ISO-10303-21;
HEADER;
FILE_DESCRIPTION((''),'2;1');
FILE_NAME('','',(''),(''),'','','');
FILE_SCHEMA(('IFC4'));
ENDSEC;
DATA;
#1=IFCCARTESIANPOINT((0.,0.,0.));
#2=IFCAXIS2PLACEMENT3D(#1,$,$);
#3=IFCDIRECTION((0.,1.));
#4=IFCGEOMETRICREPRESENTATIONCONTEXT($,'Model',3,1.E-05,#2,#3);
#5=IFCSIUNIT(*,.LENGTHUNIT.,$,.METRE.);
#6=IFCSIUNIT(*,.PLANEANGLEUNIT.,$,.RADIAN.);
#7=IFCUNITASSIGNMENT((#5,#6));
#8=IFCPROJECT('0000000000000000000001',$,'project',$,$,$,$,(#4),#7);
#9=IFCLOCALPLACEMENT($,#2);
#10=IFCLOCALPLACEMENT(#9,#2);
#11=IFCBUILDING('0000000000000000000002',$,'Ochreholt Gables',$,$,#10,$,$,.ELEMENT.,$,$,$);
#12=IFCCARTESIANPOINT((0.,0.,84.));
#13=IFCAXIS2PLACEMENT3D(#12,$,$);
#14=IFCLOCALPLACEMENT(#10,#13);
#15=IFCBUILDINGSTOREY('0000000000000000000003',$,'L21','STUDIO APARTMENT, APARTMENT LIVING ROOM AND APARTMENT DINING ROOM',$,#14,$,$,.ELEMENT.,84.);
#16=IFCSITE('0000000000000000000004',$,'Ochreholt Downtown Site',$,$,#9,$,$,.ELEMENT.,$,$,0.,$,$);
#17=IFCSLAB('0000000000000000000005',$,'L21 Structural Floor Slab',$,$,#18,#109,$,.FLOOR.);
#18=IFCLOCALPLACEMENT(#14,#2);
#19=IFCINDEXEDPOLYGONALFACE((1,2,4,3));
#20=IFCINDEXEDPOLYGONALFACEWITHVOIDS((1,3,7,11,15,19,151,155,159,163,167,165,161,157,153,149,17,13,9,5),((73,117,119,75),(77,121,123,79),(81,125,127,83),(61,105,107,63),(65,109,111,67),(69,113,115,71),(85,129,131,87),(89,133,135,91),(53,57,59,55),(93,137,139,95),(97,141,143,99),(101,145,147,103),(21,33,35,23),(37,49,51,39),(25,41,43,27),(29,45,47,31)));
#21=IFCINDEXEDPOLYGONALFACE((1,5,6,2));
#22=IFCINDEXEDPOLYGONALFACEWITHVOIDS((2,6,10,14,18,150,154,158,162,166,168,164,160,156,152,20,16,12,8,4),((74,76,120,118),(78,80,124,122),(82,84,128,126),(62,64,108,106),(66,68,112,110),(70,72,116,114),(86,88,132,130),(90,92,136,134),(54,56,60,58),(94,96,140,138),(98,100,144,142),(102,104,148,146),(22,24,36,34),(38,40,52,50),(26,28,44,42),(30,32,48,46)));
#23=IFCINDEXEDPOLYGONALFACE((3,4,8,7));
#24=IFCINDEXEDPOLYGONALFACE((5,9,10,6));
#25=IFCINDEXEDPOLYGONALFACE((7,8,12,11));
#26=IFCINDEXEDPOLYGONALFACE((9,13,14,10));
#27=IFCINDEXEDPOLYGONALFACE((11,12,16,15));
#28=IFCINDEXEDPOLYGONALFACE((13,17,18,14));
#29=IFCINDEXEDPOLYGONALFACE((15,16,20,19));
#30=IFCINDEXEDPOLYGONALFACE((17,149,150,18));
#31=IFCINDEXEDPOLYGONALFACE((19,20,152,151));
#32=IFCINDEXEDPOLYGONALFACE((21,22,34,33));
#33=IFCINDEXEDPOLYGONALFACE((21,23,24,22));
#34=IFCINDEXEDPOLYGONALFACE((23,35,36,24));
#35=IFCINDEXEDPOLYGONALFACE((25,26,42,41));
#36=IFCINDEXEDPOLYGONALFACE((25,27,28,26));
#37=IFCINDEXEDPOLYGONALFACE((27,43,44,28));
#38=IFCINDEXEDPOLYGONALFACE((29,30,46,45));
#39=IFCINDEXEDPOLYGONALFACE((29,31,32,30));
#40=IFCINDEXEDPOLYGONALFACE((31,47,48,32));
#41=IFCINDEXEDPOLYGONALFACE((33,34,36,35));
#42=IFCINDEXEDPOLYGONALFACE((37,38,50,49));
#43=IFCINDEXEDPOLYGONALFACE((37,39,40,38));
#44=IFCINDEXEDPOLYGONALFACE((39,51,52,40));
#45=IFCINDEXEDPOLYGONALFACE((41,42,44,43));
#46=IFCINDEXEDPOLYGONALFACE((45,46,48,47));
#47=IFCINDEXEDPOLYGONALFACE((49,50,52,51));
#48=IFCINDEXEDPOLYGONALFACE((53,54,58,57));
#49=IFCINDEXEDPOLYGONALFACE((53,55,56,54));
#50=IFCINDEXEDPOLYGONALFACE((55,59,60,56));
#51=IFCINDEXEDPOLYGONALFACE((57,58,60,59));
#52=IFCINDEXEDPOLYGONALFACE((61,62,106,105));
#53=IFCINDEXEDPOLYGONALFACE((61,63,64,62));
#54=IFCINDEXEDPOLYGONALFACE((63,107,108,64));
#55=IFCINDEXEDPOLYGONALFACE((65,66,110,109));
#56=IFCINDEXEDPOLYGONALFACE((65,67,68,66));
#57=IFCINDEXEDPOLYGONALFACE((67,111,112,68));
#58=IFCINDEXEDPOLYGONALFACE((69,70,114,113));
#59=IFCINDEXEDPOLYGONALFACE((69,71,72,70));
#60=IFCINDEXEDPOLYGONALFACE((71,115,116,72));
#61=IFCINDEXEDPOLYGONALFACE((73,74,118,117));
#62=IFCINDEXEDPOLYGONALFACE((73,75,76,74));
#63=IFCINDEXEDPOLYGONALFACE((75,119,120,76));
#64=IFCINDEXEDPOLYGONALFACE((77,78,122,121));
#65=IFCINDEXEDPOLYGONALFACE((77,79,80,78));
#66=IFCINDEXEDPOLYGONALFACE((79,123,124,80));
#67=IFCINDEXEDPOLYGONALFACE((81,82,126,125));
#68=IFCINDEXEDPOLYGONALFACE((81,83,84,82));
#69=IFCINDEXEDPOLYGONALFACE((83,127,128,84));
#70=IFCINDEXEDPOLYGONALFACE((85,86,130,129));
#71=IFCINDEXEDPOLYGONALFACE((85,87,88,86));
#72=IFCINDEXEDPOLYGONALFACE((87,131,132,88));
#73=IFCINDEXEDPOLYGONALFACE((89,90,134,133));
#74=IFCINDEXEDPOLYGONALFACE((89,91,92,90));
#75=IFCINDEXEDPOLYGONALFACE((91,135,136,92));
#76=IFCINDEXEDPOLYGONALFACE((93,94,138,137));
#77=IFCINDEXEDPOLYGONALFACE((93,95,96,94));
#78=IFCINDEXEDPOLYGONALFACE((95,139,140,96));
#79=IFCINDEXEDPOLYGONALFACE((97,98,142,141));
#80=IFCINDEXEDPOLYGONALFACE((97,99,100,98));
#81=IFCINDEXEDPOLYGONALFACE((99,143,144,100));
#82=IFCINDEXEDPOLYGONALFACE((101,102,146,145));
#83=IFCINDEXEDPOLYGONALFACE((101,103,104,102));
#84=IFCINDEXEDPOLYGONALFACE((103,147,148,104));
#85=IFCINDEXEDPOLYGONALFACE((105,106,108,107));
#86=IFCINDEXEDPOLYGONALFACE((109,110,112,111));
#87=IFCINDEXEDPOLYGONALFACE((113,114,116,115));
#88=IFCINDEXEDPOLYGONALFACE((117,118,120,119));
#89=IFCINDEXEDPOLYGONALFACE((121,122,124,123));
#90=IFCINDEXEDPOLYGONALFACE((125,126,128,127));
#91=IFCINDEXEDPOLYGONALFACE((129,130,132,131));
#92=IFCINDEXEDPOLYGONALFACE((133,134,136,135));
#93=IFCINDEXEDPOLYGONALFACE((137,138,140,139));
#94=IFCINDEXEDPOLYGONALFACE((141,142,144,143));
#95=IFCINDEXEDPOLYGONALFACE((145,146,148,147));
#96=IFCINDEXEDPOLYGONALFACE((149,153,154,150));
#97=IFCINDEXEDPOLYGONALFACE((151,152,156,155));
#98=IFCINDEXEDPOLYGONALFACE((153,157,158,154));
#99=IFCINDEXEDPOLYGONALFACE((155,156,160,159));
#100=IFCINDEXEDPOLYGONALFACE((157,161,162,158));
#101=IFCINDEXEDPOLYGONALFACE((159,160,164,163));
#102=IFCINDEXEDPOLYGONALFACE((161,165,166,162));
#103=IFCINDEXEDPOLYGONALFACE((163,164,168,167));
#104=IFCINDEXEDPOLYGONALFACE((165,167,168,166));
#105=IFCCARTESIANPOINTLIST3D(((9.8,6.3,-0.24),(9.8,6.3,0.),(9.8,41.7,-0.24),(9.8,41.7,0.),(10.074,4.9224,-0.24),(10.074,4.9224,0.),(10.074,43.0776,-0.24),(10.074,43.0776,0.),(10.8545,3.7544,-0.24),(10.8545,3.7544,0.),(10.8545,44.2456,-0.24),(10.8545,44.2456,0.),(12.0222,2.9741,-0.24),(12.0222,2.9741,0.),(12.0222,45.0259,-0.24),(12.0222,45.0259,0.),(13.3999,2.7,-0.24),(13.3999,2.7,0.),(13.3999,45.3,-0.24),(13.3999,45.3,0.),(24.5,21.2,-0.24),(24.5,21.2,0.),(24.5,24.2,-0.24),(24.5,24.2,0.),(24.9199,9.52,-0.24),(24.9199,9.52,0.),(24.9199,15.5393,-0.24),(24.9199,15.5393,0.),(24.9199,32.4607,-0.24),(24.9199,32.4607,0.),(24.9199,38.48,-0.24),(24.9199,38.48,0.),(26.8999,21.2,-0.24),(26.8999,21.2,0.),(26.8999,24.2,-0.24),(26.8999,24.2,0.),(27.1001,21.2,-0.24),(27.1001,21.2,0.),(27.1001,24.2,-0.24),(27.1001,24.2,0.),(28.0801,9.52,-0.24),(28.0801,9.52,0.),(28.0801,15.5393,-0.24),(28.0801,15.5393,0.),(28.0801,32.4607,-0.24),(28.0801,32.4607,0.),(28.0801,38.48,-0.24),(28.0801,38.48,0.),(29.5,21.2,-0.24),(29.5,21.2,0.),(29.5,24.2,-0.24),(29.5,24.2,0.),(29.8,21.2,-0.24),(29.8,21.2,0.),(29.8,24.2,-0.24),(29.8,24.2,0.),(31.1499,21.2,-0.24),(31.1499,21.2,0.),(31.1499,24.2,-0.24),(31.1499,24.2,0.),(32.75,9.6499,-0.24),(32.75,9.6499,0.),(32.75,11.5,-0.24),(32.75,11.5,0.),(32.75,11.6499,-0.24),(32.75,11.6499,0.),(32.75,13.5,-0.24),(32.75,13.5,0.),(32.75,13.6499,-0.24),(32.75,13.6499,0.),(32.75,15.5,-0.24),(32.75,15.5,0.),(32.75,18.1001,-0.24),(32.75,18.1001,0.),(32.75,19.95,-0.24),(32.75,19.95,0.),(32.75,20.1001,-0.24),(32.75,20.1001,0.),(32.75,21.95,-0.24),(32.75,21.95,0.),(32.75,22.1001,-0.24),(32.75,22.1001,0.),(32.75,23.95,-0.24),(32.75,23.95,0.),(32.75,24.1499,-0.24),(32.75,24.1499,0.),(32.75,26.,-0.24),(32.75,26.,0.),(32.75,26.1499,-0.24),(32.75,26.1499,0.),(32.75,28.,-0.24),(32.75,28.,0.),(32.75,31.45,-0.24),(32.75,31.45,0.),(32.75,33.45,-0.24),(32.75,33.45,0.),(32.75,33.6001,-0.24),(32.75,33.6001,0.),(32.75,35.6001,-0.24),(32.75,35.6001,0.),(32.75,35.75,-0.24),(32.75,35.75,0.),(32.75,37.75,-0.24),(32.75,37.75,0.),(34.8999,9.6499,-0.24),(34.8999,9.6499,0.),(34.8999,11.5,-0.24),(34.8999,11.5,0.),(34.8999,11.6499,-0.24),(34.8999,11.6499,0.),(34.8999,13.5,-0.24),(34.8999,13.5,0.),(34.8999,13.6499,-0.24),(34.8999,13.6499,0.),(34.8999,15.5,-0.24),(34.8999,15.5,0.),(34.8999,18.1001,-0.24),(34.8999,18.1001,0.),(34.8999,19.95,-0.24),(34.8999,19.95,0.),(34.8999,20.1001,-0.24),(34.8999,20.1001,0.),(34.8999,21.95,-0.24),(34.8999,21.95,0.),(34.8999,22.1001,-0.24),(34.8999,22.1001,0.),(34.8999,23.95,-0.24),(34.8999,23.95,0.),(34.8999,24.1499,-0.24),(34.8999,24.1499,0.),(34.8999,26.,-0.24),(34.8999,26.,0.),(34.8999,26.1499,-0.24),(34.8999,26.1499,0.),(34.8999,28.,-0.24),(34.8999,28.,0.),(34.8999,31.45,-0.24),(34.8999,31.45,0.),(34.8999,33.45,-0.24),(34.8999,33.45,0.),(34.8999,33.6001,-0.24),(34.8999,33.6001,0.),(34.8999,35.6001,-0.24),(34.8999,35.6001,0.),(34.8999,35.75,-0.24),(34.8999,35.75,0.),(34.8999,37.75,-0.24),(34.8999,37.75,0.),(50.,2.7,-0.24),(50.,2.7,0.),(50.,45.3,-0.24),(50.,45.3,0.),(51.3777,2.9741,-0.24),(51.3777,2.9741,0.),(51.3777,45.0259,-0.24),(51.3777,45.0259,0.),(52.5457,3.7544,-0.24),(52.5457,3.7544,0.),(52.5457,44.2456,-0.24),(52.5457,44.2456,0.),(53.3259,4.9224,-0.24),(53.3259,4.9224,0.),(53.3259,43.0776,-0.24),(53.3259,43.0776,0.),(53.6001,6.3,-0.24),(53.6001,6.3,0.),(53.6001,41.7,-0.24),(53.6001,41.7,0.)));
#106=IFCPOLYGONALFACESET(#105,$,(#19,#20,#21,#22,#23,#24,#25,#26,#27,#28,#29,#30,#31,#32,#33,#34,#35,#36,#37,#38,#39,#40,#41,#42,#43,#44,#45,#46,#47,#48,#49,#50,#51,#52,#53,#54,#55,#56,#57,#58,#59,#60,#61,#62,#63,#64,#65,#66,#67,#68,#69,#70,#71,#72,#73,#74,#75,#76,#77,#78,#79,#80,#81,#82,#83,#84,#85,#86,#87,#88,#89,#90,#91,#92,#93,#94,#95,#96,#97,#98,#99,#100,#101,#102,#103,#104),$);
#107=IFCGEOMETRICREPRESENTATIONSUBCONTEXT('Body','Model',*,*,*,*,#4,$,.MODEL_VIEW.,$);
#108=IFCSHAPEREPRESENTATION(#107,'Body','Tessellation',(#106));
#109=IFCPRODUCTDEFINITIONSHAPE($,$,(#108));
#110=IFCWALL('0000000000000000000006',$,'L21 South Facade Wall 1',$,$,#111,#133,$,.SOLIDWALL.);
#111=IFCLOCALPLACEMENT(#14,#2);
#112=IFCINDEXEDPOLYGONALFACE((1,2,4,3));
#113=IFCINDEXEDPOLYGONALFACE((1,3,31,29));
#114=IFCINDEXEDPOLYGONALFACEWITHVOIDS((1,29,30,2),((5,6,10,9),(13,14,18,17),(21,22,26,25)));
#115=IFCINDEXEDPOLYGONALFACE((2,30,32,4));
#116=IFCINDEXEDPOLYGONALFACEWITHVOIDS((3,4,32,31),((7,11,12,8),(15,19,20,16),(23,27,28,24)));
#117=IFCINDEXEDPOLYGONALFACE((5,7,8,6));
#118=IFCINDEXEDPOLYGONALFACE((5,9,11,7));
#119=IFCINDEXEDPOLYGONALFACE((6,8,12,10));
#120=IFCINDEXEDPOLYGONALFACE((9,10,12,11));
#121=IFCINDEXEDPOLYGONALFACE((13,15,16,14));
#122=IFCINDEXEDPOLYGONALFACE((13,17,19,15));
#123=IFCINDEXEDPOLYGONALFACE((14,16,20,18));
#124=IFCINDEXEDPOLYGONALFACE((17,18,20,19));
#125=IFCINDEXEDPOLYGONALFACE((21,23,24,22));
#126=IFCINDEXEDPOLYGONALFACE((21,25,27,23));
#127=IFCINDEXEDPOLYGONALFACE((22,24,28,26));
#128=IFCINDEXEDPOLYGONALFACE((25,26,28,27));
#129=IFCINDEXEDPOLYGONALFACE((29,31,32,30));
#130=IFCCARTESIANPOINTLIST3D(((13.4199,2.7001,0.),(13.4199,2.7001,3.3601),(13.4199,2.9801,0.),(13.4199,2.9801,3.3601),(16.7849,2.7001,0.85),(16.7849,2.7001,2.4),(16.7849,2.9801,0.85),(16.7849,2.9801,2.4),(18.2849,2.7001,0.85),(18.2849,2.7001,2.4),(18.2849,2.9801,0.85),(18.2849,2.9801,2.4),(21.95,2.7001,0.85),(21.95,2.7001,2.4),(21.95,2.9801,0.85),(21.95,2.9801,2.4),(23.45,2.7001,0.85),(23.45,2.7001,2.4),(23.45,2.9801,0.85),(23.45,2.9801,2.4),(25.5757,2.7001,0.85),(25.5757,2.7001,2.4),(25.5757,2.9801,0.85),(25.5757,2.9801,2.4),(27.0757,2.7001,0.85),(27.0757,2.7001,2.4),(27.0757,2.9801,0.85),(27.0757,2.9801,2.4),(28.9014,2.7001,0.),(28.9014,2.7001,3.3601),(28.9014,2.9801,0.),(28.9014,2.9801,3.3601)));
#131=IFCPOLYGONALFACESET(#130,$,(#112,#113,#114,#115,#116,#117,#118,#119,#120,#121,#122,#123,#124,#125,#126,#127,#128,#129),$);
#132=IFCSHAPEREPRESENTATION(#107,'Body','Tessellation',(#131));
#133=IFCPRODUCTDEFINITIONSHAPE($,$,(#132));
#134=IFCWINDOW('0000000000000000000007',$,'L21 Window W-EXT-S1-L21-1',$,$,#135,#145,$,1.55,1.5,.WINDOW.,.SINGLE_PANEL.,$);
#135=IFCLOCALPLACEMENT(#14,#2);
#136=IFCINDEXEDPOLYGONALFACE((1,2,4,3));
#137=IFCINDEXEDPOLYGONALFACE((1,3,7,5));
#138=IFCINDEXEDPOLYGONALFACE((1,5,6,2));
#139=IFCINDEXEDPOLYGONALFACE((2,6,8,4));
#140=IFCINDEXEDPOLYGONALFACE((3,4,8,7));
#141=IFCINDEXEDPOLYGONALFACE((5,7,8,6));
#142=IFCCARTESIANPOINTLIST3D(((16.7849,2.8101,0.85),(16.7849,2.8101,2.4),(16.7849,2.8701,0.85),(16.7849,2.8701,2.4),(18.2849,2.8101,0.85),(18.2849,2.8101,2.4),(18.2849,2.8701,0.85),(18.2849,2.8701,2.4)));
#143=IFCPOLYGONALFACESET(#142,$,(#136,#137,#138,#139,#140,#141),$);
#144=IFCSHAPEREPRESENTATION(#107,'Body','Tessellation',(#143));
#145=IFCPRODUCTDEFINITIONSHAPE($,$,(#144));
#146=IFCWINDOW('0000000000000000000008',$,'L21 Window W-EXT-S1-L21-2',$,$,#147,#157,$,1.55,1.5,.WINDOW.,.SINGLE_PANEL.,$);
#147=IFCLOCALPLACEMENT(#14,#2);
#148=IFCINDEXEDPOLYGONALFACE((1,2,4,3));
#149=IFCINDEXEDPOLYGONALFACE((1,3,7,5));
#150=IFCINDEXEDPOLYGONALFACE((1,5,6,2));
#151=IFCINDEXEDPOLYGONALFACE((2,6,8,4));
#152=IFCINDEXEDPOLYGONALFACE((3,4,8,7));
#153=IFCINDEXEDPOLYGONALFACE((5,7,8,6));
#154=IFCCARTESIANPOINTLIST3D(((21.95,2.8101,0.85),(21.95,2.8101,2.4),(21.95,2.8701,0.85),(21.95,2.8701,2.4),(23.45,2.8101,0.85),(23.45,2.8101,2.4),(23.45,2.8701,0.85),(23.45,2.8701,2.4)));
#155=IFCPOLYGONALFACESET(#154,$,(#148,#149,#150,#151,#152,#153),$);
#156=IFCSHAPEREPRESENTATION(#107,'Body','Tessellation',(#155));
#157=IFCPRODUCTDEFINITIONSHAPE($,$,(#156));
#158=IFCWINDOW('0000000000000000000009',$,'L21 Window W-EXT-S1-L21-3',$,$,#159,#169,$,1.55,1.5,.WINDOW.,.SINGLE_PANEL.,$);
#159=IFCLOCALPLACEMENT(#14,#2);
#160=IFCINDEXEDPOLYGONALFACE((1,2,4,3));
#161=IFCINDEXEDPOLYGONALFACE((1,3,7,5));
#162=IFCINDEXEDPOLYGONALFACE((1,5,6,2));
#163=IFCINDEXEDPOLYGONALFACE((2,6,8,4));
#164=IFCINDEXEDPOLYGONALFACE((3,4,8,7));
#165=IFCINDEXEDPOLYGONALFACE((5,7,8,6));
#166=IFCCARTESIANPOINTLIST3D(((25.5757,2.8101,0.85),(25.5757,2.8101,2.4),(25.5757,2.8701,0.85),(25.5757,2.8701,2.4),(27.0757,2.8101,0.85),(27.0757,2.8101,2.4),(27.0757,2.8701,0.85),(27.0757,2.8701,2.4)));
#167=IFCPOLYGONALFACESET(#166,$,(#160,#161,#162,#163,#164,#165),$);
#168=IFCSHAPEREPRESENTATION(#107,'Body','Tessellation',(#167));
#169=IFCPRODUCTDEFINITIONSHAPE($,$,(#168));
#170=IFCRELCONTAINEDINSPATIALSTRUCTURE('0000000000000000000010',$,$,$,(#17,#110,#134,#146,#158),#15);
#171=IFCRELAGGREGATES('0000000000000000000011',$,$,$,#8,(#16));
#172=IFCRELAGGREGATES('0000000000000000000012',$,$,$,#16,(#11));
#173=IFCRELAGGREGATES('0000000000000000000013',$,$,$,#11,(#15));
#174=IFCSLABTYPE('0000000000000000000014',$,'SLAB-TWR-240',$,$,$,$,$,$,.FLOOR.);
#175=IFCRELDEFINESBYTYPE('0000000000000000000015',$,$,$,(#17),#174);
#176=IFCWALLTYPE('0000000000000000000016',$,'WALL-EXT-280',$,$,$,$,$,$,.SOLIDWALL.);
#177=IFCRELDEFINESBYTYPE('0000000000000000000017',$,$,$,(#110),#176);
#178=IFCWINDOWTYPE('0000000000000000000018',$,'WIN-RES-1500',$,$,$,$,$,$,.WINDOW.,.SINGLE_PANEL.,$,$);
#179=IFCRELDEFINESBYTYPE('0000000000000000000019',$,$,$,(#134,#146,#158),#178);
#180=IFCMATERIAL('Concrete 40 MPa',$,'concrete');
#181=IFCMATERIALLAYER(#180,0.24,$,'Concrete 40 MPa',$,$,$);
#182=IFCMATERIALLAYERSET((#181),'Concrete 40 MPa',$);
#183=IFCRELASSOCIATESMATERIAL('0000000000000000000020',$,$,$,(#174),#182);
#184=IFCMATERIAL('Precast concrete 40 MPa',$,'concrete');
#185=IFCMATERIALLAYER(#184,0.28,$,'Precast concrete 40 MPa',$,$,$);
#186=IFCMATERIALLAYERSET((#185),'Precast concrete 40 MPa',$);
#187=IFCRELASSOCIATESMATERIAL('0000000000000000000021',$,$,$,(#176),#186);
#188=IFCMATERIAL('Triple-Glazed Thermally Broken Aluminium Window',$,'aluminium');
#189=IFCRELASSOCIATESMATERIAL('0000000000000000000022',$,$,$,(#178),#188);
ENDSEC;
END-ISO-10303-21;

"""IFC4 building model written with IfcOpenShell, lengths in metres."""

from ifc_helpers import new_model, si_unit, direction, frame, frame_2d, origin, place, context, subcontext, project, spatial, polyline, rectangle, outline, extrude, material, layer, layer_set, type_object, element, fill, save


model = new_model("IFC4")

# Units and contexts
model_context = context("Model", 3, precision=1e-05, world=origin(), true_north=direction((0.0, 1.0)))
body_context = subcontext(model_context, "Body", "Model", "MODEL_VIEW")
ifc_project = project(units=[si_unit("LENGTHUNIT", "METRE"), si_unit("PLANEANGLEUNIT", "RADIAN")], contexts=[model_context])

# Site, building, storey
site_placement = place(None, origin())
site = spatial("IfcSite", under=ifc_project, at=site_placement, Name="Ochreholt Downtown Site", CompositionType="ELEMENT", RefElevation=0.0)
building_placement = place(site_placement, origin())
building = spatial("IfcBuilding", under=site, at=building_placement, Name="Ochreholt Gables", CompositionType="ELEMENT")
storey_placement = place(building_placement, frame((0.0, 0.0, 84.0)))
storey = spatial("IfcBuildingStorey", under=building, at=storey_placement, Name="L21", Description="STUDIO APARTMENT, APARTMENT LIVING ROOM AND APARTMENT DINING ROOM", CompositionType="ELEMENT", Elevation=84.0)

# Shared definitions
ifc_material_1 = material(Name="Concrete 40 MPa", Category="concrete")

# Slab
ifc_layer_1 = layer(ifc_material_1, 0.24, Name="Concrete 40 MPa")
ifc_layer_set_1 = layer_set([ifc_layer_1], Name="Concrete 40 MPa")
slab_type_1 = type_object("IfcSlabType", Name="SLAB-TWR-240", PredefinedType="FLOOR", material=ifc_layer_set_1)
slab_1_placement = place(storey_placement, frame((0.0, 0.0, -0.24)))
element("IfcSlab", 1, at=slab_1_placement, inside=storey, type_object=slab_type_1, Name="L21 Structural Floor Slab", PredefinedType="FLOOR", context=body_context, shape_type="SweptSolid", body=[
    extrude(outline(polyline([(9.8, 6.3), (10.074, 4.9224), (10.8545, 3.7544), (12.0222, 2.9741), (13.3999, 2.7), (50.0, 2.7), (51.3777, 2.9741), (52.5457, 3.7544), (53.3259, 4.9224), (53.6001, 6.3), (53.6001, 41.7), (53.3259, 43.0776), (52.5457, 44.2456), (51.3777, 45.0259), (50.0, 45.3), (13.3999, 45.3), (12.0222, 45.0259), (10.8545, 44.2456), (10.074, 43.0776), (9.8, 41.7), (9.8, 6.3)]), holes=[polyline([(24.9199, 15.5393), (24.9199, 9.52), (28.0801, 9.52), (28.0801, 15.5393), (24.9199, 15.5393)]), polyline([(28.0801, 32.4607), (28.0801, 38.48), (24.9199, 38.48), (24.9199, 32.4607), (28.0801, 32.4607)]), polyline([(24.5, 21.2), (26.8999, 21.2), (26.8999, 24.2), (24.5, 24.2), (24.5, 21.2)]), polyline([(27.1001, 21.2), (29.5, 21.2), (29.5, 24.2), (27.1001, 24.2), (27.1001, 21.2)]), polyline([(32.75, 9.6499), (34.8999, 9.6499), (34.8999, 11.5), (32.75, 11.5), (32.75, 9.6499)]), polyline([(32.75, 11.6499), (34.8999, 11.6499), (34.8999, 13.5), (32.75, 13.5), (32.75, 11.6499)]), polyline([(32.75, 13.6499), (34.8999, 13.6499), (34.8999, 15.5), (32.75, 15.5), (32.75, 13.6499)]), polyline([(32.75, 18.1001), (34.8999, 18.1001), (34.8999, 19.95), (32.75, 19.95), (32.75, 18.1001)]), polyline([(32.75, 20.1001), (34.8999, 20.1001), (34.8999, 21.95), (32.75, 21.95), (32.75, 20.1001)]), polyline([(32.75, 22.1001), (34.8999, 22.1001), (34.8999, 23.95), (32.75, 23.95), (32.75, 22.1001)]), polyline([(32.75, 24.1499), (34.8999, 24.1499), (34.8999, 26.0), (32.75, 26.0), (32.75, 24.1499)]), polyline([(32.75, 26.1499), (34.8999, 26.1499), (34.8999, 28.0), (32.75, 28.0), (32.75, 26.1499)]), polyline([(32.75, 31.45), (34.8999, 31.45), (34.8999, 33.45), (32.75, 33.45), (32.75, 31.45)]), polyline([(32.75, 33.6001), (34.8999, 33.6001), (34.8999, 35.6001), (32.75, 35.6001), (32.75, 33.6001)]), polyline([(32.75, 35.75), (34.8999, 35.75), (34.8999, 37.75), (32.75, 37.75), (32.75, 35.75)]), polyline([(29.8, 21.2), (31.1499, 21.2), (31.1499, 24.2), (29.8, 24.2), (29.8, 21.2)])]), origin(), (0.0, 0.0, 1.0), 0.24),
])

# Wall, openings, windows
ifc_material_2 = material(Name="Precast concrete 40 MPa", Category="concrete")
ifc_layer_2 = layer(ifc_material_2, 0.28, Name="Precast concrete 40 MPa")
ifc_layer_set_2 = layer_set([ifc_layer_2], Name="Precast concrete 40 MPa")
wall_type_1 = type_object("IfcWallType", Name="WALL-EXT-280", PredefinedType="SOLIDWALL", material=ifc_layer_set_2)
wall_1_placement = place(storey_placement, frame((13.4199, 2.8401, 0.0), z_axis=(0.0, 0.0, 1.0), x_axis=(1.0, 0.0, 0.0)))
wall_1 = element("IfcWall", 2, at=wall_1_placement, inside=storey, type_object=wall_type_1, Name="L21 South Facade Wall 1", PredefinedType="SOLIDWALL", context=body_context, shape_type="SweptSolid", body=[
    extrude(rectangle(XDim=15.4814, YDim=0.28, at=frame_2d((7.7407, 0.0))), origin(), (0.0, 0.0, 1.0), 3.3601),
])
opening_1_placement = place(wall_1_placement, frame((3.365, 0.0, 0.8501)))
opening_1 = element("IfcOpeningElement", 3, at=opening_1_placement, cuts=wall_1, PredefinedType="OPENING", context=body_context, shape_type="SweptSolid", body=[
    extrude(rectangle(XDim=1.5, YDim=1.55, at=frame_2d((0.75, 0.7749))), frame((0.0, 0.1499, 0.0), z_axis=(0.0, -1.0, 0.0), x_axis=(1.0, 0.0, 0.0)), (0.0, 0.0, 1.0), 0.3),
])
opening_2_placement = place(wall_1_placement, frame((8.53, 0.0, 0.8501)))
opening_2 = element("IfcOpeningElement", 4, at=opening_2_placement, cuts=wall_1, PredefinedType="OPENING", context=body_context, shape_type="SweptSolid", body=[
    extrude(rectangle(XDim=1.5, YDim=1.55, at=frame_2d((0.75, 0.7749))), frame((0.0, 0.1499, 0.0), z_axis=(0.0, -1.0, 0.0), x_axis=(1.0, 0.0, 0.0)), (0.0, 0.0, 1.0), 0.3),
])
opening_3_placement = place(wall_1_placement, frame((12.1558, 0.0, 0.8501)))
opening_3 = element("IfcOpeningElement", 5, at=opening_3_placement, cuts=wall_1, PredefinedType="OPENING", context=body_context, shape_type="SweptSolid", body=[
    extrude(rectangle(XDim=1.5, YDim=1.55, at=frame_2d((0.75, 0.7749))), frame((0.0, 0.1499, 0.0), z_axis=(0.0, -1.0, 0.0), x_axis=(1.0, 0.0, 0.0)), (0.0, 0.0, 1.0), 0.3),
])
ifc_material_3 = material(Name="Triple-Glazed Thermally Broken Aluminium Window", Category="aluminium")
window_type = type_object("IfcWindowType", Name="WIN-RES-1500", PartitioningType="SINGLE_PANEL", PredefinedType="WINDOW", material=ifc_material_3)
window_1_placement = place(opening_1_placement, origin())
window_1 = element("IfcWindow", 6, at=window_1_placement, inside=storey, type_object=window_type, Name="L21 Window W-EXT-S1-L21-1", OverallHeight=1.55, OverallWidth=1.5, PartitioningType="SINGLE_PANEL", PredefinedType="WINDOW", context=body_context, shape_type="SweptSolid", body=[
    extrude(rectangle(XDim=1.5, YDim=1.55, at=frame_2d((0.75, 0.7749))), frame((0.0, 0.03, 0.0), z_axis=(0.0, -1.0, 0.0), x_axis=(1.0, 0.0, 0.0)), (0.0, 0.0, 1.0), 0.0601),
])
fill(opening_1, window_1)
window_2_placement = place(opening_2_placement, origin())
window_2 = element("IfcWindow", 7, at=window_2_placement, inside=storey, type_object=window_type, Name="L21 Window W-EXT-S1-L21-2", OverallHeight=1.55, OverallWidth=1.5, PartitioningType="SINGLE_PANEL", PredefinedType="WINDOW", context=body_context, shape_type="SweptSolid", body=[
    extrude(rectangle(XDim=1.5, YDim=1.55, at=frame_2d((0.75, 0.7749))), frame((0.0, 0.03, 0.0), z_axis=(0.0, -1.0, 0.0), x_axis=(1.0, 0.0, 0.0)), (0.0, 0.0, 1.0), 0.0601),
])
fill(opening_2, window_2)
window_3_placement = place(opening_3_placement, origin())
window_3 = element("IfcWindow", 8, at=window_3_placement, inside=storey, type_object=window_type, Name="L21 Window W-EXT-S1-L21-3", OverallHeight=1.55, OverallWidth=1.5, PartitioningType="SINGLE_PANEL", PredefinedType="WINDOW", context=body_context, shape_type="SweptSolid", body=[
    extrude(rectangle(XDim=1.5, YDim=1.55, at=frame_2d((0.75, 0.7749))), frame((0.0, 0.03, 0.0), z_axis=(0.0, -1.0, 0.0), x_axis=(1.0, 0.0, 0.0)), (0.0, 0.0, 1.0), 0.0601),
])
fill(opening_3, window_3)

save(model, "model.ifc")
